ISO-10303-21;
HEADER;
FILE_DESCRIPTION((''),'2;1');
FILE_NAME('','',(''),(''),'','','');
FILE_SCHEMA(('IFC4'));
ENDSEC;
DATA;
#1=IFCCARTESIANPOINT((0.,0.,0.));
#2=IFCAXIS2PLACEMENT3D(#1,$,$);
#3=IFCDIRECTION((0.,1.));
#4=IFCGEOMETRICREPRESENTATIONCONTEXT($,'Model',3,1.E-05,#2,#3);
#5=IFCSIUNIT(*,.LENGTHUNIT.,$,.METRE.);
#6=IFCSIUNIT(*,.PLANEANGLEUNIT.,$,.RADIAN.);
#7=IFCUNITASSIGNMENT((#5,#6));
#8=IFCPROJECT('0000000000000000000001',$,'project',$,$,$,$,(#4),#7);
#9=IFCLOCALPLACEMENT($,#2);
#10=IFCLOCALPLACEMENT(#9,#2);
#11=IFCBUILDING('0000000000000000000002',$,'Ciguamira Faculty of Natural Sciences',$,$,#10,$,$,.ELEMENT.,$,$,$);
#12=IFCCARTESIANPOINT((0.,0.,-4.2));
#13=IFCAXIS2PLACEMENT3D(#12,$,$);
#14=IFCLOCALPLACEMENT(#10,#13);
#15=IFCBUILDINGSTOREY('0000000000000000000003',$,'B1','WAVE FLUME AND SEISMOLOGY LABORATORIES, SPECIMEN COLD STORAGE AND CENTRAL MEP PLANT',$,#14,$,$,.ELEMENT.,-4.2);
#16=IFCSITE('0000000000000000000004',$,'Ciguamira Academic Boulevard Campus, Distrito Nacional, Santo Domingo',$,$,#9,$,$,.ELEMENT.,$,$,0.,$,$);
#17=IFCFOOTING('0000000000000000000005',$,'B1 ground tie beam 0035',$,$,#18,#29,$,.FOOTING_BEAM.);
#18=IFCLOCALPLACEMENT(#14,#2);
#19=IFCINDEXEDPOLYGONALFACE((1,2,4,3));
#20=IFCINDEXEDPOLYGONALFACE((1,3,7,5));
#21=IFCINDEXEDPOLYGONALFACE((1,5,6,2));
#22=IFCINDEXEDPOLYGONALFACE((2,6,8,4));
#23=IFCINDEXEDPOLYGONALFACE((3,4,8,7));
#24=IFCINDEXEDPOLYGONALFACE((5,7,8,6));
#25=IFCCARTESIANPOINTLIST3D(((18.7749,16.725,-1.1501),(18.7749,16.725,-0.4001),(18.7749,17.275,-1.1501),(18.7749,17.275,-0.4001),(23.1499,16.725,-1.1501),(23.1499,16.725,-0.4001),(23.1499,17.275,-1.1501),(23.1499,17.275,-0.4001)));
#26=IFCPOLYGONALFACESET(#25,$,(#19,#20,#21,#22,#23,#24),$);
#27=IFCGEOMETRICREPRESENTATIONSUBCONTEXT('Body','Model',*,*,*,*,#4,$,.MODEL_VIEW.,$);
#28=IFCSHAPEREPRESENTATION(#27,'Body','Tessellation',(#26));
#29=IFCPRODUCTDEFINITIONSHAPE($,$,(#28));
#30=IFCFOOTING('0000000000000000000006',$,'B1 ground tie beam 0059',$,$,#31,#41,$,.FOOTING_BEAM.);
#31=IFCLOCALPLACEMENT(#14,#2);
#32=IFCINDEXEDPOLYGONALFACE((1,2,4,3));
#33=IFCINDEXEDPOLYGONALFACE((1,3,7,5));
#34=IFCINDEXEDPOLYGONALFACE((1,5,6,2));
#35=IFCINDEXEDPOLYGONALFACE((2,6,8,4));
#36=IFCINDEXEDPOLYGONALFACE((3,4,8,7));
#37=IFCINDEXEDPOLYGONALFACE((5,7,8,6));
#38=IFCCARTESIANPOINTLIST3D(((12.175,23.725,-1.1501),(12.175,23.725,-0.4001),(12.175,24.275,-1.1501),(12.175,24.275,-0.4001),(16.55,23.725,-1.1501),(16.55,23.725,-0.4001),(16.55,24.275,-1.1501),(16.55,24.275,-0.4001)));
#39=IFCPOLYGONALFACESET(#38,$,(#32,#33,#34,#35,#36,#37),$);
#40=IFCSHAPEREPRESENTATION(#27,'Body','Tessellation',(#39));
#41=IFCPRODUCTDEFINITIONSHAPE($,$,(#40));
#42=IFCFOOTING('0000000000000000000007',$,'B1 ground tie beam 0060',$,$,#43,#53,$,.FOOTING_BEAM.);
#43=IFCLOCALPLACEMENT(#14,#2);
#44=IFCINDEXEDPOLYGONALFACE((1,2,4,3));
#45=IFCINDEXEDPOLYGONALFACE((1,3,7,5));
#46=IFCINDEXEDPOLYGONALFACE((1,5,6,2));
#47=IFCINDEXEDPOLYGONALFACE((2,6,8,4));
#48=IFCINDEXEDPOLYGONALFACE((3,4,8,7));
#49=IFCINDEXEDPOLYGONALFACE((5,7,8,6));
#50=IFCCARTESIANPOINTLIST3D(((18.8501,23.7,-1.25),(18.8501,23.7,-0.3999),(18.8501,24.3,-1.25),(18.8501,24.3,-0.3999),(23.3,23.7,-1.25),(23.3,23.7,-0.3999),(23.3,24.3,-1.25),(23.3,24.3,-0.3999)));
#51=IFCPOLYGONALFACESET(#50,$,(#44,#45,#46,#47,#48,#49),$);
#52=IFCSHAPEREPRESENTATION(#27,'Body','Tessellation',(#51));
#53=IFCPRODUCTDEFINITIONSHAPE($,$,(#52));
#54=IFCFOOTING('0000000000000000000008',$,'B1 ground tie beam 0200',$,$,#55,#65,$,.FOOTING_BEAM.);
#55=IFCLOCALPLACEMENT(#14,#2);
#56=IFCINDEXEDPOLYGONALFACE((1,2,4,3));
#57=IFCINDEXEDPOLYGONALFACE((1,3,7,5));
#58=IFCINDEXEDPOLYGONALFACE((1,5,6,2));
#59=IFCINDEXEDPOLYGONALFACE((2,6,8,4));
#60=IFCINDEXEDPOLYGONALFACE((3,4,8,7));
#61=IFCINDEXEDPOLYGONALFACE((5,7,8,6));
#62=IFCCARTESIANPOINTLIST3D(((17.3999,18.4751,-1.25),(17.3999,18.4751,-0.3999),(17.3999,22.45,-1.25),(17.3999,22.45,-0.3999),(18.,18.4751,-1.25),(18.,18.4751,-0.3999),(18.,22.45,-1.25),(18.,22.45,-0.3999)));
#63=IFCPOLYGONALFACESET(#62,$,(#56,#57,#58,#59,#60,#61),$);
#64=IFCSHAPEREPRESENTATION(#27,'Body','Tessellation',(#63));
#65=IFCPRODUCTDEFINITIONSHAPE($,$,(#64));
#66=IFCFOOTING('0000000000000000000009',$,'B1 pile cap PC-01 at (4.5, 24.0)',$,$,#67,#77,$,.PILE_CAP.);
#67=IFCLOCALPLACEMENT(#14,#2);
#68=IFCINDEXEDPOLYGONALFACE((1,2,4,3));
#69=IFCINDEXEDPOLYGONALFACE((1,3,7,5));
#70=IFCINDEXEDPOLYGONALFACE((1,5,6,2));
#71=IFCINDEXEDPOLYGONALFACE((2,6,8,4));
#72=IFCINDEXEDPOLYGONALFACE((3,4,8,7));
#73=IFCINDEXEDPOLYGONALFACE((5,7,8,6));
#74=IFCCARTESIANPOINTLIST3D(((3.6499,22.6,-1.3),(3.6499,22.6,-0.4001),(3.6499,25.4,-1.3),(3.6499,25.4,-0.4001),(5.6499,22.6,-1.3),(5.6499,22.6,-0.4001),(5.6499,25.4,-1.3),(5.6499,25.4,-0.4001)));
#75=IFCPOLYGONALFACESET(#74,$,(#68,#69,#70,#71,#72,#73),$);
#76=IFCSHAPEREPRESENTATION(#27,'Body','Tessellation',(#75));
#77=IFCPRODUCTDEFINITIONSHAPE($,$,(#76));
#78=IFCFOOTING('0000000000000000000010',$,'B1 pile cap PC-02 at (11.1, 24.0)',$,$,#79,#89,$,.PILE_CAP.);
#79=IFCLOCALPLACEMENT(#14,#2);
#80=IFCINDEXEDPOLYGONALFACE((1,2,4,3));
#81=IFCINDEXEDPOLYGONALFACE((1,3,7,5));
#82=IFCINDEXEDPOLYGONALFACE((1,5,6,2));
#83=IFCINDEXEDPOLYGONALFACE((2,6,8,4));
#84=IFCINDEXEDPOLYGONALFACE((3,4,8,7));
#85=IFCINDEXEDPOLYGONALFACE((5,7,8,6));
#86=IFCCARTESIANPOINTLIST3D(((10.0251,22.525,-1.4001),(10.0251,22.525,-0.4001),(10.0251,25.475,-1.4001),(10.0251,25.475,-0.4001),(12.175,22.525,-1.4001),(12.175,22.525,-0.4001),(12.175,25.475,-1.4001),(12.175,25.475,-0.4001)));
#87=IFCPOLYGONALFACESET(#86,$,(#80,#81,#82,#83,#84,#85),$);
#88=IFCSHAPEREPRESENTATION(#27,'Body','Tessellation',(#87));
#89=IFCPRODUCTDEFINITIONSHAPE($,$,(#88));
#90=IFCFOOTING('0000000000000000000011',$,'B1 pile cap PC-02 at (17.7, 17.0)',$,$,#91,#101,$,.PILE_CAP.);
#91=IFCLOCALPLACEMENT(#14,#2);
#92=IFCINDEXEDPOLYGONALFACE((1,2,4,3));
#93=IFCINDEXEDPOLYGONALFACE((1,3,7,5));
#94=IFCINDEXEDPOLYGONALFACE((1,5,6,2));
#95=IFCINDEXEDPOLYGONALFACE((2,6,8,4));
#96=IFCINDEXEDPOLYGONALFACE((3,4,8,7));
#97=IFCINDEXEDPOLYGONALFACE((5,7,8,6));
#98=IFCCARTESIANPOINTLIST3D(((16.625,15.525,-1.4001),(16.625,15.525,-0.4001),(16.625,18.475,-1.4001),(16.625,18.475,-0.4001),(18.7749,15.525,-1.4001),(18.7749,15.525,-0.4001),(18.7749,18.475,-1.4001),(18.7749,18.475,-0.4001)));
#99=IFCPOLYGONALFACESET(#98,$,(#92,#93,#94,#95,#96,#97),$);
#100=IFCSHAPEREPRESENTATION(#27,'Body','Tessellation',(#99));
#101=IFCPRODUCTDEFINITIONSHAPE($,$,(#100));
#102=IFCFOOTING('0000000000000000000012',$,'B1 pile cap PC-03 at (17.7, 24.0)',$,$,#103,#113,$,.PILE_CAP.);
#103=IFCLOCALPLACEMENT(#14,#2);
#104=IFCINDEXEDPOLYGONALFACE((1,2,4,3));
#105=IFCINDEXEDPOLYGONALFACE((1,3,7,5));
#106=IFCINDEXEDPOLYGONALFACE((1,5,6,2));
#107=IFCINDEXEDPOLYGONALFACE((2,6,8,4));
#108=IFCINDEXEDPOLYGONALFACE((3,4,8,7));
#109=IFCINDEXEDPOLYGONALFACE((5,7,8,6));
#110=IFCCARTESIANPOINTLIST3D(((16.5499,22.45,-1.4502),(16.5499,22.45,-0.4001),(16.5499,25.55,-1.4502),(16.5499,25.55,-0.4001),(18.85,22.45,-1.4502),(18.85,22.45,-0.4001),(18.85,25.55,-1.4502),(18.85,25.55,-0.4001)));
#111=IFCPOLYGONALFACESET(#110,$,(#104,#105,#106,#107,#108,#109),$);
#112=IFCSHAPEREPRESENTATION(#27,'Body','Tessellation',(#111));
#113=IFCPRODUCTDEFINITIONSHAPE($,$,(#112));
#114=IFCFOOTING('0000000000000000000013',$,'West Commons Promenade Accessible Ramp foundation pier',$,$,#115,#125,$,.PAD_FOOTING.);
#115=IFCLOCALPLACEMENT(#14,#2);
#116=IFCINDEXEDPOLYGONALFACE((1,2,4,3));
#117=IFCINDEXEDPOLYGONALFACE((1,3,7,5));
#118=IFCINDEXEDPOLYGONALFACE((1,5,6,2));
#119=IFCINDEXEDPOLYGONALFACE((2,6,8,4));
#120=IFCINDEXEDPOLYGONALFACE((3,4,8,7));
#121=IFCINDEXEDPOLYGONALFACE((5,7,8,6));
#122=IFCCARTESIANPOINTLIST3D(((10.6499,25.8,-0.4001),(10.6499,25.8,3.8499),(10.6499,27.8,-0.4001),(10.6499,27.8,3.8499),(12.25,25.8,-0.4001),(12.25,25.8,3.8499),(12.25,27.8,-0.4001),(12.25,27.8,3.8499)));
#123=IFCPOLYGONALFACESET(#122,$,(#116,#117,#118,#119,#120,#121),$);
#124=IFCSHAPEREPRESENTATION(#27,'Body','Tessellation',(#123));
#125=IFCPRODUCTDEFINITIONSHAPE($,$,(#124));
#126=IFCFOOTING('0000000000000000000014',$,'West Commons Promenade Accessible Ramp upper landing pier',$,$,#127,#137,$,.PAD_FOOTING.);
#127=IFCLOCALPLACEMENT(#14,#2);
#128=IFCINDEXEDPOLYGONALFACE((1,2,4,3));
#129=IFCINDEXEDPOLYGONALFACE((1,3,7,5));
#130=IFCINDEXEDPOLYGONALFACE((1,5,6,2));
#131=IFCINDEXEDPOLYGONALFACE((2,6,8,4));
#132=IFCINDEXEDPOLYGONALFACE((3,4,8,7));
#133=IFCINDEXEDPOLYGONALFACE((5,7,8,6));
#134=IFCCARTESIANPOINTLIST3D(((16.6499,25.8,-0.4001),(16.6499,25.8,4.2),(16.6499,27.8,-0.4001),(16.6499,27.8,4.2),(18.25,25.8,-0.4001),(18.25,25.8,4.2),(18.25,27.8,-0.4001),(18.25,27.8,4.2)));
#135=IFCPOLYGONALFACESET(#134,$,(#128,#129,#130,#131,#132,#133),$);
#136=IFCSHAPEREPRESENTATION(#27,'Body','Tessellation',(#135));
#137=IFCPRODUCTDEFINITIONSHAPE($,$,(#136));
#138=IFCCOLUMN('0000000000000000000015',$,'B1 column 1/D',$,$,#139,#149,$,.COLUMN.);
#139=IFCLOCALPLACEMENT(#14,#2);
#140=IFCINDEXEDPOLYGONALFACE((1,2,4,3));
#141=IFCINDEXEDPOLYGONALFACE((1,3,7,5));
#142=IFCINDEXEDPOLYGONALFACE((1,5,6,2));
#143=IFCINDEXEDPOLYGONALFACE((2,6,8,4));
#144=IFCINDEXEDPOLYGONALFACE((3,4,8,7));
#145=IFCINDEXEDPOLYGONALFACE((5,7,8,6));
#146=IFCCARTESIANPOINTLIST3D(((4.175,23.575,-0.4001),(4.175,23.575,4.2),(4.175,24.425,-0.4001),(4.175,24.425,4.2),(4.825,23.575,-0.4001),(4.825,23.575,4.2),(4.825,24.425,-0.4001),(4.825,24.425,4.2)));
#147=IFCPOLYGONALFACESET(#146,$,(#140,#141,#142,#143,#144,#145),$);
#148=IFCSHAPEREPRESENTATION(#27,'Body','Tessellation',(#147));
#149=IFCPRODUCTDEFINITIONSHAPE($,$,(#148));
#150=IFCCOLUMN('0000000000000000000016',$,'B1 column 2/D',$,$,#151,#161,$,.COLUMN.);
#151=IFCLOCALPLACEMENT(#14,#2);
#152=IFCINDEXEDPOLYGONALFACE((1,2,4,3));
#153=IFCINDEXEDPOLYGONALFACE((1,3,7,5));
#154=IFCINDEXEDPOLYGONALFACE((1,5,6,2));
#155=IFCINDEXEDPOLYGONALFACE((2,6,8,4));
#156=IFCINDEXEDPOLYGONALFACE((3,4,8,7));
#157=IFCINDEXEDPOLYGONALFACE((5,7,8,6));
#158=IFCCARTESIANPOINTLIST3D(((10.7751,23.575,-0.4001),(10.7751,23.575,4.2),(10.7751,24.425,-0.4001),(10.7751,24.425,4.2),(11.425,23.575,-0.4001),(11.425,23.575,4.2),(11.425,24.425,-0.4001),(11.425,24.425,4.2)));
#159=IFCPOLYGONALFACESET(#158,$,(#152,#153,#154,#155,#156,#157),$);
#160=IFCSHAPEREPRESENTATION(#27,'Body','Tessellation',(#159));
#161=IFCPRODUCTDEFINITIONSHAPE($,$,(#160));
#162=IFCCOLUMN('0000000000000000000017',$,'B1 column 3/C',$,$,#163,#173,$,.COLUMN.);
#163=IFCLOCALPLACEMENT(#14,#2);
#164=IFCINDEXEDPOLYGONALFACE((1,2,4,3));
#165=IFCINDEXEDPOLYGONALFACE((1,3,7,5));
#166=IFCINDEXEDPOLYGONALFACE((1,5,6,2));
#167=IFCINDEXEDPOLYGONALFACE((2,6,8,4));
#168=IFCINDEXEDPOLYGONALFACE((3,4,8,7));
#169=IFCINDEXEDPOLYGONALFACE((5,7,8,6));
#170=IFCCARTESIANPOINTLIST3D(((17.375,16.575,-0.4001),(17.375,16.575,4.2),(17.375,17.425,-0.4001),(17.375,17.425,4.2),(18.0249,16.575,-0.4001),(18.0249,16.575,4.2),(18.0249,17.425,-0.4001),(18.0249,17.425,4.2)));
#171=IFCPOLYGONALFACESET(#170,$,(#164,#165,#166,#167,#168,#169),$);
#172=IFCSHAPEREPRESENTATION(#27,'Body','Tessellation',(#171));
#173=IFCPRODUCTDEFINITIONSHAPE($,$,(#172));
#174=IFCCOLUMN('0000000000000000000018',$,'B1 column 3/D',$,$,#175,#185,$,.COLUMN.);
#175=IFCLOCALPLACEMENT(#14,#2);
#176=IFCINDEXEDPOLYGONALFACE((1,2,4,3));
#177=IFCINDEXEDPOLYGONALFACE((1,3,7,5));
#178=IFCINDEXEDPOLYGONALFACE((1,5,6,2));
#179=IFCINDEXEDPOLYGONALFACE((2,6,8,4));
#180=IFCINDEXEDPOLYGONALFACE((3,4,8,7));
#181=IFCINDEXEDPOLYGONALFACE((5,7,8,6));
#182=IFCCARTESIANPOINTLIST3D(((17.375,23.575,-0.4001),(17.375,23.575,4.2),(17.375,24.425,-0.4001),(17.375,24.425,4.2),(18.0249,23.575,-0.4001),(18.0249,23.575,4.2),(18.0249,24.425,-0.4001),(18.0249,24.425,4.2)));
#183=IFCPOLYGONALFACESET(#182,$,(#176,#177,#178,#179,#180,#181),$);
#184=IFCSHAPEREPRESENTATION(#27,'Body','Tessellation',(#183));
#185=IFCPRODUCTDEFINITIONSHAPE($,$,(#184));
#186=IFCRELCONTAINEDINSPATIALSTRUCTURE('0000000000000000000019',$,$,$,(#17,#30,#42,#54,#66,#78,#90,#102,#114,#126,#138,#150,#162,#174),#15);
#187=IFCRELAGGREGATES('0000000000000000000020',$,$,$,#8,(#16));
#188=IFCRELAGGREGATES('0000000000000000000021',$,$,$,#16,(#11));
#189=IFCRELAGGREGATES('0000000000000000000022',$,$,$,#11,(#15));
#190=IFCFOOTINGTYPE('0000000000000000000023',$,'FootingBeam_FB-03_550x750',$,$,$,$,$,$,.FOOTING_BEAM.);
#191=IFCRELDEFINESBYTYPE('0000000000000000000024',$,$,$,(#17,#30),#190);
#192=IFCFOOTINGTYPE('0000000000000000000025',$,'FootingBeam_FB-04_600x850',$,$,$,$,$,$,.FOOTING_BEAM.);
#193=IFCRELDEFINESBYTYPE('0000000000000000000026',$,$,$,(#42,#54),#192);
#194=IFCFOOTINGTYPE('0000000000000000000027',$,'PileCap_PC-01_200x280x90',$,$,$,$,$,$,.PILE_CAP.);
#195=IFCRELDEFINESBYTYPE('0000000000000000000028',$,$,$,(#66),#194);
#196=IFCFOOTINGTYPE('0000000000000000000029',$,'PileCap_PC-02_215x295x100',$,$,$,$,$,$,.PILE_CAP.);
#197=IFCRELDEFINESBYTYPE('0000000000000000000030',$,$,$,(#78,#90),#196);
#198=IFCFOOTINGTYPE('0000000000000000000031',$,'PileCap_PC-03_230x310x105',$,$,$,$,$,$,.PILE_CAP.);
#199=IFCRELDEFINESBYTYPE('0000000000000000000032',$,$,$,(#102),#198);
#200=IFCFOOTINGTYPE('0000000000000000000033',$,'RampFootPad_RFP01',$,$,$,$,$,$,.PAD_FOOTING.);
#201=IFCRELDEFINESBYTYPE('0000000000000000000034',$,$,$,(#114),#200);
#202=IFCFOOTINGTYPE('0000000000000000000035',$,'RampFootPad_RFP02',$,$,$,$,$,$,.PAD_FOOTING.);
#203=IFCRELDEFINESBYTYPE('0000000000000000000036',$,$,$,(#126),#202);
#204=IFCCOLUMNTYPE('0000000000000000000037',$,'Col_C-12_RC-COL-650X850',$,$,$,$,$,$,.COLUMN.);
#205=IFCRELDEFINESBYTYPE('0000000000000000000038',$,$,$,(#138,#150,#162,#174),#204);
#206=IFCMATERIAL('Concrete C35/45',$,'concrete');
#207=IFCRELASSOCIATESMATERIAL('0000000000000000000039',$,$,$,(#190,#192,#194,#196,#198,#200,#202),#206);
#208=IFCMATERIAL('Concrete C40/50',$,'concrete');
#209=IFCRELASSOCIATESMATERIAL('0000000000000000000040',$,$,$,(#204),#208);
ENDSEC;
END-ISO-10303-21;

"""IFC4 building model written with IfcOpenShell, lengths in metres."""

from ifc_helpers import new_model, si_unit, direction, frame, origin, origin_2d, place, context, subcontext, project, spatial, rectangle, extrude, material, material_profile, profile_set, type_object, element, save


model = new_model("IFC4")

# Units and contexts
model_context = context("Model", 3, precision=1e-05, world=origin(), true_north=direction((0.0, 1.0)))
body_context = subcontext(model_context, "Body", "Model", "MODEL_VIEW")
ifc_project = project(units=[si_unit("LENGTHUNIT", "METRE"), si_unit("PLANEANGLEUNIT", "RADIAN")], contexts=[model_context])

# Site, building, storey
site_placement = place(None, origin())
site = spatial("IfcSite", under=ifc_project, at=site_placement, Name="Ciguamira Academic Boulevard Campus, Distrito Nacional, Santo Domingo", CompositionType="ELEMENT", RefElevation=0.0)
building_placement = place(site_placement, origin())
building = spatial("IfcBuilding", under=site, at=building_placement, Name="Ciguamira Faculty of Natural Sciences", CompositionType="ELEMENT")
storey_placement = place(building_placement, frame((0.0, 0.0, -4.2)))
storey = spatial("IfcBuildingStorey", under=building, at=storey_placement, Name="B1", Description="WAVE FLUME AND SEISMOLOGY LABORATORIES, SPECIMEN COLD STORAGE AND CENTRAL MEP PLANT", CompositionType="ELEMENT", Elevation=-4.2)

# Shared definitions
ifc_material_1 = material(Name="Concrete C35/45", Category="concrete")

# Footings
ifc_material_profile_1 = material_profile(ifc_material_1, rectangle(XDim=0.55, YDim=0.75, at=origin_2d()), Name="RC-FB-550X750")
ifc_profile_set_1 = profile_set([ifc_material_profile_1], Name="Concrete C35/45")
footing_type_1 = type_object("IfcFootingType", Name="FootingBeam_FB-03_550x750", PredefinedType="FOOTING_BEAM", material=ifc_profile_set_1)
for number, where, z_axis, x_axis, name in (
    (1, (18.7749, 17.0, -0.7751), (1.0, 0.0, 0.0), (0.0, 1.0, 0.0), "B1 ground tie beam 0035"),
    (2, (12.175, 24.0, -0.7751), (1.0, 0.0, 0.0), (0.0, 1.0, 0.0), "B1 ground tie beam 0059"),
):
    element("IfcFooting", number, at=place(storey_placement, frame(where, z_axis=z_axis, x_axis=x_axis)), inside=storey, type_object=footing_type_1, Name=name, PredefinedType="FOOTING_BEAM", context=body_context, shape_type="SweptSolid", body=[
        extrude(rectangle(XDim=0.55, YDim=0.75, at=origin_2d()), origin(), (0.0, 0.0, 1.0), 4.375),
    ])
ifc_material_profile_2 = material_profile(ifc_material_1, rectangle(XDim=0.6001, YDim=0.8501, at=origin_2d()), Name="RC-FB-600X850")
ifc_profile_set_2 = profile_set([ifc_material_profile_2], Name="Concrete C35/45")
footing_type_2 = type_object("IfcFootingType", Name="FootingBeam_FB-04_600x850", PredefinedType="FOOTING_BEAM", material=ifc_profile_set_2)
footing_1_placement = place(storey_placement, frame((18.8501, 24.0, -0.825), z_axis=(1.0, 0.0, 0.0), x_axis=(0.0, 1.0, 0.0)))
element("IfcFooting", 3, at=footing_1_placement, inside=storey, type_object=footing_type_2, Name="B1 ground tie beam 0060", PredefinedType="FOOTING_BEAM", context=body_context, shape_type="SweptSolid", body=[
    extrude(rectangle(XDim=0.6001, YDim=0.8501, at=origin_2d()), origin(), (0.0, 0.0, 1.0), 4.45),
])
footing_2_placement = place(storey_placement, frame((17.7, 18.4751, -0.825), z_axis=(0.0, 1.0, 0.0), x_axis=(-1.0, 0.0, 0.0)))
element("IfcFooting", 4, at=footing_2_placement, inside=storey, type_object=footing_type_2, Name="B1 ground tie beam 0200", PredefinedType="FOOTING_BEAM", context=body_context, shape_type="SweptSolid", body=[
    extrude(rectangle(XDim=0.6001, YDim=0.8501, at=origin_2d()), origin(), (0.0, 0.0, 1.0), 3.9749),
])
footing_type_3 = type_object("IfcFootingType", Name="PileCap_PC-01_200x280x90", PredefinedType="PILE_CAP", material=ifc_material_1)
footing_3_placement = place(storey_placement, frame((4.6499, 24.0, -1.3), z_axis=(0.0, 0.0, 1.0), x_axis=(1.0, 0.0, 0.0)))
element("IfcFooting", 5, at=footing_3_placement, inside=storey, type_object=footing_type_3, Name="B1 pile cap PC-01 at (4.5, 24.0)", PredefinedType="PILE_CAP", context=body_context, shape_type="SweptSolid", body=[
    extrude(rectangle(XDim=2.0, YDim=2.8, at=origin_2d()), origin(), (0.0, 0.0, 1.0), 0.8999),
])
footing_type_4 = type_object("IfcFootingType", Name="PileCap_PC-02_215x295x100", PredefinedType="PILE_CAP", material=ifc_material_1)
for number, where, z_axis, x_axis, name in (
    (6, (11.1001, 24.0, -1.4001), (0.0, 0.0, 1.0), (1.0, 0.0, 0.0), "B1 pile cap PC-02 at (11.1, 24.0)"),
    (7, (17.7, 17.0, -1.4001), (0.0, 0.0, 1.0), (1.0, 0.0, 0.0), "B1 pile cap PC-02 at (17.7, 17.0)"),
):
    element("IfcFooting", number, at=place(storey_placement, frame(where, z_axis=z_axis, x_axis=x_axis)), inside=storey, type_object=footing_type_4, Name=name, PredefinedType="PILE_CAP", context=body_context, shape_type="SweptSolid", body=[
        extrude(rectangle(XDim=2.1499, YDim=2.95, at=origin_2d()), origin(), (0.0, 0.0, 1.0), 1.0),
    ])
footing_type_5 = type_object("IfcFootingType", Name="PileCap_PC-03_230x310x105", PredefinedType="PILE_CAP", material=ifc_material_1)
footing_4_placement = place(storey_placement, frame((17.7, 24.0, -1.4502), z_axis=(0.0, 0.0, 1.0), x_axis=(1.0, 0.0, 0.0)))
element("IfcFooting", 8, at=footing_4_placement, inside=storey, type_object=footing_type_5, Name="B1 pile cap PC-03 at (17.7, 24.0)", PredefinedType="PILE_CAP", context=body_context, shape_type="SweptSolid", body=[
    extrude(rectangle(XDim=2.3, YDim=3.1001, at=origin_2d()), origin(), (0.0, 0.0, 1.0), 1.05),
])
footing_type_6 = type_object("IfcFootingType", Name="RampFootPad_RFP01", PredefinedType="PAD_FOOTING", material=ifc_material_1)
footing_5_placement = place(storey_placement, frame((11.45, 26.8, -0.4001), z_axis=(0.0, 0.0, 1.0), x_axis=(1.0, 0.0, 0.0)))
element("IfcFooting", 9, at=footing_5_placement, inside=storey, type_object=footing_type_6, Name="West Commons Promenade Accessible Ramp foundation pier", PredefinedType="PAD_FOOTING", context=body_context, shape_type="SweptSolid", body=[
    extrude(rectangle(XDim=1.6001, YDim=2.0, at=origin_2d()), origin(), (0.0, 0.0, 1.0), 4.25),
])
footing_type_7 = type_object("IfcFootingType", Name="RampFootPad_RFP02", PredefinedType="PAD_FOOTING", material=ifc_material_1)
footing_6_placement = place(storey_placement, frame((17.45, 26.8, -0.4001), z_axis=(0.0, 0.0, 1.0), x_axis=(1.0, 0.0, 0.0)))
element("IfcFooting", 10, at=footing_6_placement, inside=storey, type_object=footing_type_7, Name="West Commons Promenade Accessible Ramp upper landing pier", PredefinedType="PAD_FOOTING", context=body_context, shape_type="SweptSolid", body=[
    extrude(rectangle(XDim=1.6001, YDim=2.0, at=origin_2d()), origin(), (0.0, 0.0, 1.0), 4.6001),
])

# Columns
ifc_material_2 = material(Name="Concrete C40/50", Category="concrete")
ifc_material_profile_3 = material_profile(ifc_material_2, rectangle(XDim=0.6499, YDim=0.8501, at=origin_2d()), Name="RC-COL-650X850")
ifc_profile_set_3 = profile_set([ifc_material_profile_3], Name="Concrete C40/50")
column_type = type_object("IfcColumnType", Name="Col_C-12_RC-COL-650X850", PredefinedType="COLUMN", material=ifc_profile_set_3)
for number, where, z_axis, x_axis, name in (
    (11, (4.5, 24.0, -0.4001), (0.0, 0.0, 1.0), (1.0, 0.0, 0.0), "B1 column 1/D"),
    (12, (11.1001, 24.0, -0.4001), (0.0, 0.0, 1.0), (1.0, 0.0, 0.0), "B1 column 2/D"),
    (13, (17.7, 17.0, -0.4001), (0.0, 0.0, 1.0), (1.0, 0.0, 0.0), "B1 column 3/C"),
    (14, (17.7, 24.0, -0.4001), (0.0, 0.0, 1.0), (1.0, 0.0, 0.0), "B1 column 3/D"),
):
    element("IfcColumn", number, at=place(storey_placement, frame(where, z_axis=z_axis, x_axis=x_axis)), inside=storey, type_object=column_type, Name=name, PredefinedType="COLUMN", context=body_context, shape_type="SweptSolid", body=[
        extrude(rectangle(XDim=0.6499, YDim=0.8501, at=origin_2d()), origin(), (0.0, 0.0, 1.0), 4.6001),
    ])

save(model, "model.ifc")
